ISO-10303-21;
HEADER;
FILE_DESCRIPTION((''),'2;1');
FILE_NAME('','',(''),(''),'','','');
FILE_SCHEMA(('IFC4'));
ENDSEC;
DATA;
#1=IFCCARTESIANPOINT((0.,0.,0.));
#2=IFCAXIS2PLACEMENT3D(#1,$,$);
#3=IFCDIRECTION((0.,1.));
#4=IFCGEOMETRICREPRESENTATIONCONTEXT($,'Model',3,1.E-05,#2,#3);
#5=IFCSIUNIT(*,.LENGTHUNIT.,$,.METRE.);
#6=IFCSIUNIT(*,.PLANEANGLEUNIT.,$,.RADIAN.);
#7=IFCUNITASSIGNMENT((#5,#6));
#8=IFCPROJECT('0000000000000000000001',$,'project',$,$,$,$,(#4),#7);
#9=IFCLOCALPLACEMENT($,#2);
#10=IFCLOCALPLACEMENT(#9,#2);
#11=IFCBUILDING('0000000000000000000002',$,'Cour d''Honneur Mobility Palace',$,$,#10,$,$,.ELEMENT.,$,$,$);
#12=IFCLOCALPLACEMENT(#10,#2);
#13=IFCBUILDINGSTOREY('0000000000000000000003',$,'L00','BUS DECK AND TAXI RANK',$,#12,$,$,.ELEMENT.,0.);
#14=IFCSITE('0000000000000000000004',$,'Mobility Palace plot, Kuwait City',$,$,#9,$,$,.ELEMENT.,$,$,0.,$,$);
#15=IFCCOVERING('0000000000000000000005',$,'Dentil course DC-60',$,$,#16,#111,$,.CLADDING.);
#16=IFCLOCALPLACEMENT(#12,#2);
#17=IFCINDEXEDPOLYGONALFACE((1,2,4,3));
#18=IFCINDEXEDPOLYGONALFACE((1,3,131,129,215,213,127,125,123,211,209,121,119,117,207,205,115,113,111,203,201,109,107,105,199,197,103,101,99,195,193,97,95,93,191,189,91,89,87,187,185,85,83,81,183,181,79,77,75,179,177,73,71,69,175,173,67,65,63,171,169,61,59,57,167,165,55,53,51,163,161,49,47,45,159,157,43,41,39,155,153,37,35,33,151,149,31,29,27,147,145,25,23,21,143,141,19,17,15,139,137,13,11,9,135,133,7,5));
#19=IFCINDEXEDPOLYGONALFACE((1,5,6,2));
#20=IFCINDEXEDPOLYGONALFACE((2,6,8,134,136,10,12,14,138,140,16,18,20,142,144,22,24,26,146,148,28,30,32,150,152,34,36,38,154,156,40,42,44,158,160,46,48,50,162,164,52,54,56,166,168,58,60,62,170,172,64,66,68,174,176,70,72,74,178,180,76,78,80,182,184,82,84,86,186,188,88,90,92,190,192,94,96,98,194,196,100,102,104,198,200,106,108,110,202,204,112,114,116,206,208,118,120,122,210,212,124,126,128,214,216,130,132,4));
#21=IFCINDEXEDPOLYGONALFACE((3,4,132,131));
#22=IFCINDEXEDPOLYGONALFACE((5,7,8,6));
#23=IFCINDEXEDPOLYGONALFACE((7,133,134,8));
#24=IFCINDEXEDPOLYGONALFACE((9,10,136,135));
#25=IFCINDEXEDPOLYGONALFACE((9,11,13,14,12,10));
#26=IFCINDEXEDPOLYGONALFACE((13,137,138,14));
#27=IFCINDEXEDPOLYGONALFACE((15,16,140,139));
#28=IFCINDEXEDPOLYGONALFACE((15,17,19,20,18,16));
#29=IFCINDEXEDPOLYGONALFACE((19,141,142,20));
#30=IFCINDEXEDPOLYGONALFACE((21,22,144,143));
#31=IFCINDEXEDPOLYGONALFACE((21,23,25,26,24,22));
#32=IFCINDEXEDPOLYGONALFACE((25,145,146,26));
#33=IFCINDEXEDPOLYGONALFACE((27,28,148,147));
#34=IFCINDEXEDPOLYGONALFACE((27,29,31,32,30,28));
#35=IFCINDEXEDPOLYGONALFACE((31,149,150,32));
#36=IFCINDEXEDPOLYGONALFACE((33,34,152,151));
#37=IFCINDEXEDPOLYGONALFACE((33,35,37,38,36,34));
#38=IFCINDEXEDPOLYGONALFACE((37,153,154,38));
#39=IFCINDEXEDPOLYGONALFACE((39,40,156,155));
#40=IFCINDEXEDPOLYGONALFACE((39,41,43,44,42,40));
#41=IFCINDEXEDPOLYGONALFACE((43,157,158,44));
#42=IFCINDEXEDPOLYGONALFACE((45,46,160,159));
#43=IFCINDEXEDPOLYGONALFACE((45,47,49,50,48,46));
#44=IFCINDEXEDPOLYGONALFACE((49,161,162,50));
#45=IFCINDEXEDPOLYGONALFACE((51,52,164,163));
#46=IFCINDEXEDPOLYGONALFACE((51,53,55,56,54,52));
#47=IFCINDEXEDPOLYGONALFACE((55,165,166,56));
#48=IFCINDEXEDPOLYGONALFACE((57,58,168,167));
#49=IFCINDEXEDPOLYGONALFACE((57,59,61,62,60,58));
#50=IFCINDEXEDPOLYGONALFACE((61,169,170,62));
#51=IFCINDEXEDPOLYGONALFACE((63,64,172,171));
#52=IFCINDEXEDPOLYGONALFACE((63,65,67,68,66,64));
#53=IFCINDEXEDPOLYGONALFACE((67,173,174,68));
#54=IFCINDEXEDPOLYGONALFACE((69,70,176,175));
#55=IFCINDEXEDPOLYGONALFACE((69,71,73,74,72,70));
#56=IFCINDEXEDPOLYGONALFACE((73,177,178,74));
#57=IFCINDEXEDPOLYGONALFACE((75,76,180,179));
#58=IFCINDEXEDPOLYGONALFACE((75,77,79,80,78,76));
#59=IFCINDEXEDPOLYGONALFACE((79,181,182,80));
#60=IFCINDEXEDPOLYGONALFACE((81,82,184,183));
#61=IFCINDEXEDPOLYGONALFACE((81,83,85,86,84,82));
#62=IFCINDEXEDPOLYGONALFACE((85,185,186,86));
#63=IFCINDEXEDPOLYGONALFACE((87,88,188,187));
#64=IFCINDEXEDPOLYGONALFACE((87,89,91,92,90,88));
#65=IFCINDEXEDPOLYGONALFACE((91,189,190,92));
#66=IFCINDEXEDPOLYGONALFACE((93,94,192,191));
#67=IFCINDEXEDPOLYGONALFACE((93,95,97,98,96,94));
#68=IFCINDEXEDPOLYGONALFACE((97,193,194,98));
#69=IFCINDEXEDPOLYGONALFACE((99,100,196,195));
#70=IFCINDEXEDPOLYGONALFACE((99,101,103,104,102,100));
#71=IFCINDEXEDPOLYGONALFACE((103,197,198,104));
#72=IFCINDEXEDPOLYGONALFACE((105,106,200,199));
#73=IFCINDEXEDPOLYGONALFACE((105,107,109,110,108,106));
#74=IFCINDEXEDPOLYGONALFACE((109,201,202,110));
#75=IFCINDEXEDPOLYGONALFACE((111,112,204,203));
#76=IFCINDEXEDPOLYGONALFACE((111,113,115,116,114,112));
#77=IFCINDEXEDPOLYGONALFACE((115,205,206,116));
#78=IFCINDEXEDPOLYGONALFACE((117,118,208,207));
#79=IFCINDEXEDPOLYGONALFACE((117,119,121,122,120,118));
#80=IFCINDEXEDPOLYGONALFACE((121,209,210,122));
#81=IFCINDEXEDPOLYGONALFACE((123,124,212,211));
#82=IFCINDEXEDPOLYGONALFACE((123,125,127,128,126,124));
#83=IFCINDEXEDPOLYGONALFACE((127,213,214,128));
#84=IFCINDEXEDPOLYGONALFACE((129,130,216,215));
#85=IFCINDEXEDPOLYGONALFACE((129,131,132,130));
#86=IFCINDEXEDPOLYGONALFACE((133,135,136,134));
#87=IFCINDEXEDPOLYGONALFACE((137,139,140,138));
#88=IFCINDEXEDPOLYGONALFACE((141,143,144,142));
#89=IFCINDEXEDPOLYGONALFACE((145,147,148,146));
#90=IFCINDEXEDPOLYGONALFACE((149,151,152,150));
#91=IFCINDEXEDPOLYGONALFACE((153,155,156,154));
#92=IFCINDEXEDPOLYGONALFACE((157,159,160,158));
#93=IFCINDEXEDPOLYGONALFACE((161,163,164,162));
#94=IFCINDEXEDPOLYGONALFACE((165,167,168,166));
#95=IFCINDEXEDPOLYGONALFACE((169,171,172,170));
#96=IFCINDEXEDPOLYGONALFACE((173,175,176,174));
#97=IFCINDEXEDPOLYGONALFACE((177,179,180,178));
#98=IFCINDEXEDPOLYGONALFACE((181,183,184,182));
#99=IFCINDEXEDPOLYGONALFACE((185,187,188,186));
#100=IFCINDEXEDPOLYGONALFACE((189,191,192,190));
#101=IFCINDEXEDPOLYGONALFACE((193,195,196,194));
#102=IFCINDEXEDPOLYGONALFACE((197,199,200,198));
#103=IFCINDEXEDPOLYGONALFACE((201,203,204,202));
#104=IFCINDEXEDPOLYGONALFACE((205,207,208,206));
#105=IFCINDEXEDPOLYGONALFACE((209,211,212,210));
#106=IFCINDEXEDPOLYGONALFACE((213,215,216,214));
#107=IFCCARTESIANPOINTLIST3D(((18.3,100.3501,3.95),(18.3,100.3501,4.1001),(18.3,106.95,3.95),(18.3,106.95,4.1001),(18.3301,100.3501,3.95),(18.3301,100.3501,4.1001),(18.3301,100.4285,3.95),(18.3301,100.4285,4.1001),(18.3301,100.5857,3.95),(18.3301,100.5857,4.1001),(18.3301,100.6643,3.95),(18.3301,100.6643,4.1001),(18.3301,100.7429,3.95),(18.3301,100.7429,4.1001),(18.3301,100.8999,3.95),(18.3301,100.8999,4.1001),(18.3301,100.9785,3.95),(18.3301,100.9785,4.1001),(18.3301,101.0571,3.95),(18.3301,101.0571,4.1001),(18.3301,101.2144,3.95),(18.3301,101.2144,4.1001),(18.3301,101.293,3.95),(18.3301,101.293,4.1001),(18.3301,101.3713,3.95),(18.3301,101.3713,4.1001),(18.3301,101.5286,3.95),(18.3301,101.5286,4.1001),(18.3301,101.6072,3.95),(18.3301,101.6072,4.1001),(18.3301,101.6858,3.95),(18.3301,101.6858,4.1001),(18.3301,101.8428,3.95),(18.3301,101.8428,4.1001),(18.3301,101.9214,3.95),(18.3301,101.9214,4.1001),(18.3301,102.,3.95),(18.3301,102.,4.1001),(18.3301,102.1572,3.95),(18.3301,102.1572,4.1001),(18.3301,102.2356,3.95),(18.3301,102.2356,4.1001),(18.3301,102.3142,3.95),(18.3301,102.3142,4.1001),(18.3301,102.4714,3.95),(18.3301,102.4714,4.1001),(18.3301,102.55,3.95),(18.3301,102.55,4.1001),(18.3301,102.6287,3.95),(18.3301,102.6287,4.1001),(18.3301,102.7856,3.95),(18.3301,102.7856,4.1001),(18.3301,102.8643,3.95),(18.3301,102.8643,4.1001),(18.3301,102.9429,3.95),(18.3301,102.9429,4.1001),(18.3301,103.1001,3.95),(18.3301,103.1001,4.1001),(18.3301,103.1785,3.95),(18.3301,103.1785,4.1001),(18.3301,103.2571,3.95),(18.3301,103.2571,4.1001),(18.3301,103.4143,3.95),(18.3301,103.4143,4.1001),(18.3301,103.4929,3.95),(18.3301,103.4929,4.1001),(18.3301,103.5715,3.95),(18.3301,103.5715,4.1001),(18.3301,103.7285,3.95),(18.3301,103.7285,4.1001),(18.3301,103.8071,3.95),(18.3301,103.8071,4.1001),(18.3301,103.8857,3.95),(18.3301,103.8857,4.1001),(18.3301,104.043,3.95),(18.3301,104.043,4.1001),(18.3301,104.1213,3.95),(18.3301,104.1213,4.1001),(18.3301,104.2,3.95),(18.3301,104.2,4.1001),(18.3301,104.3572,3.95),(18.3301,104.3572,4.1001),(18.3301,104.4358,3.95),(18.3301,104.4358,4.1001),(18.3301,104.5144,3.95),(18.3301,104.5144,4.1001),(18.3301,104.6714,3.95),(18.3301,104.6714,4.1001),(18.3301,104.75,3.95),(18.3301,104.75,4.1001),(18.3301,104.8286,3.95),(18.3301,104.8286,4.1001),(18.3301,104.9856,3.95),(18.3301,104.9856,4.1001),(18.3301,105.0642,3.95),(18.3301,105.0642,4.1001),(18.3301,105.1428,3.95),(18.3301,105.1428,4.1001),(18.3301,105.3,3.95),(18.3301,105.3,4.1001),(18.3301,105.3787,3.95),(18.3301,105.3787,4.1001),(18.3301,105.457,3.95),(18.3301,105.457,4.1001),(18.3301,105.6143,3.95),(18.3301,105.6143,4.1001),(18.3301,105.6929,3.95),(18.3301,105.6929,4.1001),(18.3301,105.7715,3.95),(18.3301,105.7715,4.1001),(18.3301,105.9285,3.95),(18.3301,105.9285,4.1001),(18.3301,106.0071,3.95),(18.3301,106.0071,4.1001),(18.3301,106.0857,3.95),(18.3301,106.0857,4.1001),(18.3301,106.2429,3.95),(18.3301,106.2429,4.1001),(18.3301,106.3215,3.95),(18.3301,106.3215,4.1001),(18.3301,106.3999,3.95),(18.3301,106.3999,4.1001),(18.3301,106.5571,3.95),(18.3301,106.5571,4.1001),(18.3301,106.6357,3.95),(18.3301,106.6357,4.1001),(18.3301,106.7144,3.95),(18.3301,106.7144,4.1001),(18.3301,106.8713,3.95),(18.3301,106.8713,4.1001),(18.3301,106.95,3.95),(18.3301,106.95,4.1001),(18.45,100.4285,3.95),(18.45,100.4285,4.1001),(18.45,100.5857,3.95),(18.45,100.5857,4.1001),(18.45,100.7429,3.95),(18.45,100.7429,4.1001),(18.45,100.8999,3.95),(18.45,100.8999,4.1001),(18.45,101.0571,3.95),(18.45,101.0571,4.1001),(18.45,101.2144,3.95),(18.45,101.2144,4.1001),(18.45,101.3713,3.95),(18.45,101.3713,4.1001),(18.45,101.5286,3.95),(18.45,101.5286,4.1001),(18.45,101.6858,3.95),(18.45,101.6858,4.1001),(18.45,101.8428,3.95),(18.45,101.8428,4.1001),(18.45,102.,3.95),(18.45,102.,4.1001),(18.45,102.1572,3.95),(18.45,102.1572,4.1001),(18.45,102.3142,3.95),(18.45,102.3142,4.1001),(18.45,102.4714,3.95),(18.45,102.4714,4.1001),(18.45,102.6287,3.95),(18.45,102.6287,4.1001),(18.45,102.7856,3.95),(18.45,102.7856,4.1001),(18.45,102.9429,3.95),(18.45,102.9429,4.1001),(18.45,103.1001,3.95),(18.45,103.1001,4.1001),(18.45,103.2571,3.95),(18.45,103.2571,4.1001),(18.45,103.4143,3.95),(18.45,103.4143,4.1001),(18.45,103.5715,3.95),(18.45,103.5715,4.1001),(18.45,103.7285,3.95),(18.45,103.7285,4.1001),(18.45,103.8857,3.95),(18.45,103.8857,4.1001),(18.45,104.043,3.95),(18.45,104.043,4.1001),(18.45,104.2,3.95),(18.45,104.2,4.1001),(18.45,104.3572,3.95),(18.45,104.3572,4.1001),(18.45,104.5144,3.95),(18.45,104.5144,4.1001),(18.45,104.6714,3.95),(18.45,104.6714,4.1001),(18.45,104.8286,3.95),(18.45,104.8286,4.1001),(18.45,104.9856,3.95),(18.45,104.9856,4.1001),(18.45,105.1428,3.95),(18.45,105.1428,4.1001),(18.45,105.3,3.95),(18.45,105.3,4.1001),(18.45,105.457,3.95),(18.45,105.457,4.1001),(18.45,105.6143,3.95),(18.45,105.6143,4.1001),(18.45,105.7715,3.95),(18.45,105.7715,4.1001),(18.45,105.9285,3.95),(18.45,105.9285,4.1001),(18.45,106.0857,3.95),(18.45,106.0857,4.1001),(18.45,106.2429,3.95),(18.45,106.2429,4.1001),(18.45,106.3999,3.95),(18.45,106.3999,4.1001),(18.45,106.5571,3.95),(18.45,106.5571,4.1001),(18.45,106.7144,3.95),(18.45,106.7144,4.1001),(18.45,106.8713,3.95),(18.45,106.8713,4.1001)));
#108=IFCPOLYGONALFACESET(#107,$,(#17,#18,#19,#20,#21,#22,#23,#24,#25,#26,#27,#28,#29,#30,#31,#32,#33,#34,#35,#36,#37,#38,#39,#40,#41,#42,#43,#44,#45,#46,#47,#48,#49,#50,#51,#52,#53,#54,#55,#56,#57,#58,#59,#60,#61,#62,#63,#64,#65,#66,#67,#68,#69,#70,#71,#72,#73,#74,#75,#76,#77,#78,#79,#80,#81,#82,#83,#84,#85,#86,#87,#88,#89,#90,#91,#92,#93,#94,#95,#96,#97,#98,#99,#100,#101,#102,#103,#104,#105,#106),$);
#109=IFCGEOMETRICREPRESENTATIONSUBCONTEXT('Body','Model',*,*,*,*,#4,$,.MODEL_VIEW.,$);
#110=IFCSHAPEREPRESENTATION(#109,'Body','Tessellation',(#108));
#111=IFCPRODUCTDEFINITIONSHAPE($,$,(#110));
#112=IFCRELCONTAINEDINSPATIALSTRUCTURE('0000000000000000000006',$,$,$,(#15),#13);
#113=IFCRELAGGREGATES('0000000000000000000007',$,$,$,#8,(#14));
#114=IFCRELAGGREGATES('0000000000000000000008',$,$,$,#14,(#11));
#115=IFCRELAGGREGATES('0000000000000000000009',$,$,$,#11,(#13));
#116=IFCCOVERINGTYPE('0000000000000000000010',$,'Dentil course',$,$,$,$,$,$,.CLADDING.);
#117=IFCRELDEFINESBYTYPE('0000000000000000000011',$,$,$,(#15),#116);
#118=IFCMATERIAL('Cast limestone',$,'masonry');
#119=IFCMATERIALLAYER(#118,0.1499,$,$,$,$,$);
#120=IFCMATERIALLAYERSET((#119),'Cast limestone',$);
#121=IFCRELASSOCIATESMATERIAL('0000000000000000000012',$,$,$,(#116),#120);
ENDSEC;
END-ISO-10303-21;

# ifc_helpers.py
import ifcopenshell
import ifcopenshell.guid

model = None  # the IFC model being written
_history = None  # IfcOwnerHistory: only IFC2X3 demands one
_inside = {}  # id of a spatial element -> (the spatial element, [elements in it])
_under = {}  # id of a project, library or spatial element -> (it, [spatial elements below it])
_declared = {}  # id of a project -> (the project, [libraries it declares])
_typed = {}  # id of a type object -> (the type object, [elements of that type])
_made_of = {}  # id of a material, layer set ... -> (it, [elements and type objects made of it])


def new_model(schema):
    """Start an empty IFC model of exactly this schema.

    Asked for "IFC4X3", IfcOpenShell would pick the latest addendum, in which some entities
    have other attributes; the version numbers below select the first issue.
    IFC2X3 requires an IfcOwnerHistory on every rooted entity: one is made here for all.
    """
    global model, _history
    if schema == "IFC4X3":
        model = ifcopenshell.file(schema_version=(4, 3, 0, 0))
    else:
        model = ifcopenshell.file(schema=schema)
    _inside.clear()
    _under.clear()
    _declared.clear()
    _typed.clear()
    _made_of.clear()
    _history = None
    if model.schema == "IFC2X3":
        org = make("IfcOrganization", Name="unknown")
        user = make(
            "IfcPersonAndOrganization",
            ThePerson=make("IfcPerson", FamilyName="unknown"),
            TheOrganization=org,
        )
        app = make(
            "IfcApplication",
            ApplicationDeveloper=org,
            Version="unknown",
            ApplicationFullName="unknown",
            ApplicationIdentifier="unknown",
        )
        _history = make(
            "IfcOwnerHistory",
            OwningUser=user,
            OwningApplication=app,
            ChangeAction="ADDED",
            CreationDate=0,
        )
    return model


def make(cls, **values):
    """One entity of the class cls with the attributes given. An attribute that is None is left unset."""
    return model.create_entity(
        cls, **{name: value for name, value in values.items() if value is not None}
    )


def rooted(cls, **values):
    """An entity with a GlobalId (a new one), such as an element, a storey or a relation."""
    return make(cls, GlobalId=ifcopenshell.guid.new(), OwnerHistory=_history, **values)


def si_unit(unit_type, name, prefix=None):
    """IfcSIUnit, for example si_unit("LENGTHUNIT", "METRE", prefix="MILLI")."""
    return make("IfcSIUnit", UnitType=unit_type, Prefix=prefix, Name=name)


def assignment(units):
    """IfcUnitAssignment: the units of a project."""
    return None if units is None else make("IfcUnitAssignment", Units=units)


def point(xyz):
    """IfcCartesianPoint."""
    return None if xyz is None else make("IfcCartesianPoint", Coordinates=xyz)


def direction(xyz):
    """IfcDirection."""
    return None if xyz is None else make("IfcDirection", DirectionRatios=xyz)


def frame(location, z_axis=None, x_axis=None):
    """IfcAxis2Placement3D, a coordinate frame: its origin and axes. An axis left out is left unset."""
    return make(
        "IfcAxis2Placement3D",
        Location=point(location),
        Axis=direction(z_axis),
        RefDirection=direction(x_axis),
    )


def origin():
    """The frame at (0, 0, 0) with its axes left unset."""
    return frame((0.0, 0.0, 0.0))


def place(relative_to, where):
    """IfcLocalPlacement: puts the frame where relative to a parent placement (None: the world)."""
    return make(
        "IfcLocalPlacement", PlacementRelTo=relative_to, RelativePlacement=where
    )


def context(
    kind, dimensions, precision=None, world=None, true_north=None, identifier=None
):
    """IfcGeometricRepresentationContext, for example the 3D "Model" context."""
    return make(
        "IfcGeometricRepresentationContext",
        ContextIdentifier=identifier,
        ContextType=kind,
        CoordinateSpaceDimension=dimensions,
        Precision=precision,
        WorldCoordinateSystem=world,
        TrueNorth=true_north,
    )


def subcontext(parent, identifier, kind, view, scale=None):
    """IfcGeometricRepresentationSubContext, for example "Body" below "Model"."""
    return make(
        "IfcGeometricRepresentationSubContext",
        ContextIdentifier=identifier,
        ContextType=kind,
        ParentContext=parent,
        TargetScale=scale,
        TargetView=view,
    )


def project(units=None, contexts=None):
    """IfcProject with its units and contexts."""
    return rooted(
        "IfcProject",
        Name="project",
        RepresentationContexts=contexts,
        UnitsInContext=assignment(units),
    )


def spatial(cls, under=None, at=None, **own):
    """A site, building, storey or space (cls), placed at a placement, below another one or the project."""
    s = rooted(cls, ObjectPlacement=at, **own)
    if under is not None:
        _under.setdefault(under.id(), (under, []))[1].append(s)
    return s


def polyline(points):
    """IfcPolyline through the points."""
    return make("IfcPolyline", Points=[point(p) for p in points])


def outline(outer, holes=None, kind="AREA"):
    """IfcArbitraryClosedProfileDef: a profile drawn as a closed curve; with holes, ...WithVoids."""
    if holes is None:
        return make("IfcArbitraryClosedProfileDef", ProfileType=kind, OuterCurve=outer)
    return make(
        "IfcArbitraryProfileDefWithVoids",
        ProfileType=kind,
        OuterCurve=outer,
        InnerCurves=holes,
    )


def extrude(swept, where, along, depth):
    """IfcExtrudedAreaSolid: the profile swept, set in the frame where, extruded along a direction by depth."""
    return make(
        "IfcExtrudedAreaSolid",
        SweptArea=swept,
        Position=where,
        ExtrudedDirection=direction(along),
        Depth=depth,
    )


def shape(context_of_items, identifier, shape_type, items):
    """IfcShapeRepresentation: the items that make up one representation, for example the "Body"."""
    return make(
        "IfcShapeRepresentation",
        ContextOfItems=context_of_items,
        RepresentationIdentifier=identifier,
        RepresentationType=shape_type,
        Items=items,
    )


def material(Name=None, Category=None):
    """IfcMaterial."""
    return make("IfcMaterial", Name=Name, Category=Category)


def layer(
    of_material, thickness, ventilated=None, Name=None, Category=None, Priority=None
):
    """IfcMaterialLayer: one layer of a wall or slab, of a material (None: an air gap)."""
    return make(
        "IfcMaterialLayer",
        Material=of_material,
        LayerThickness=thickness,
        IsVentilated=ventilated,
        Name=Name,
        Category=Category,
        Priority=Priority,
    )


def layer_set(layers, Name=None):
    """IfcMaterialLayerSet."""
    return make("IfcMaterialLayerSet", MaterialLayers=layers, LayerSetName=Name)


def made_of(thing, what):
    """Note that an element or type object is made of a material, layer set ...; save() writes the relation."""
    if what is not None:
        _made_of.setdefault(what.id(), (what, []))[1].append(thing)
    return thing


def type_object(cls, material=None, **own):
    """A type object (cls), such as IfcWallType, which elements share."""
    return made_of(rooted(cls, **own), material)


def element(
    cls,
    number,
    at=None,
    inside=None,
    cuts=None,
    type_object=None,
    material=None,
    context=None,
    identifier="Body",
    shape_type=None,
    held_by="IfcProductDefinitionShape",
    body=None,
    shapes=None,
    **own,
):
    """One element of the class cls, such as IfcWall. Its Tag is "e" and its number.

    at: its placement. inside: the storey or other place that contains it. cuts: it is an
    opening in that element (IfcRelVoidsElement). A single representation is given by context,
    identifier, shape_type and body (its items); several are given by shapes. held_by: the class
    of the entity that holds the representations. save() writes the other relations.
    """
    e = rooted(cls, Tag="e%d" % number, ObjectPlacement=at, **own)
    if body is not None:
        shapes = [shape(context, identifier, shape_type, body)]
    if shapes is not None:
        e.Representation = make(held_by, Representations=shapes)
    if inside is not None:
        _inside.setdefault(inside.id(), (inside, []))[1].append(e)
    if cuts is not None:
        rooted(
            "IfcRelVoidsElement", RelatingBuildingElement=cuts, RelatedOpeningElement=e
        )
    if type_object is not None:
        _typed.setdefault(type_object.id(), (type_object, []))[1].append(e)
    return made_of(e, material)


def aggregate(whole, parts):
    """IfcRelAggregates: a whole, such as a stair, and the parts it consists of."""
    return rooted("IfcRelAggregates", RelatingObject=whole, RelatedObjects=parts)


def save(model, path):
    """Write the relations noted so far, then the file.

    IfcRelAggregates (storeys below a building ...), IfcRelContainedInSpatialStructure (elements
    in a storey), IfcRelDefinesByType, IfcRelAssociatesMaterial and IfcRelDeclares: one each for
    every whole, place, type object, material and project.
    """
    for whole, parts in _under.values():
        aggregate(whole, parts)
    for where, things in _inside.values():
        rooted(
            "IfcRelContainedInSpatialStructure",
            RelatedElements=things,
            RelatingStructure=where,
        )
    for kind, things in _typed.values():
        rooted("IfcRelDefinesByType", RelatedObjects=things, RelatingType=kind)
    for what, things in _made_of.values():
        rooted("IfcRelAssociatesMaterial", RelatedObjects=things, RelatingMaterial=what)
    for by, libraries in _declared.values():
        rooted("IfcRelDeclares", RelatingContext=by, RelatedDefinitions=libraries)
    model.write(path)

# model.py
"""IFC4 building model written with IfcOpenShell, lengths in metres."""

from ifc_helpers import new_model, si_unit, direction, frame, origin, place, context, subcontext, project, spatial, polyline, outline, extrude, material, layer, layer_set, type_object, element, save


model = new_model("IFC4")

# Units and contexts
model_context = context("Model", 3, precision=1e-05, world=origin(), true_north=direction((0.0, 1.0)))
body_context = subcontext(model_context, "Body", "Model", "MODEL_VIEW")
ifc_project = project(units=[si_unit("LENGTHUNIT", "METRE"), si_unit("PLANEANGLEUNIT", "RADIAN")], contexts=[model_context])

# Site, building, storey
site_placement = place(None, origin())
site = spatial("IfcSite", under=ifc_project, at=site_placement, Name="Mobility Palace plot, Kuwait City", CompositionType="ELEMENT", RefElevation=0.0)
building_placement = place(site_placement, origin())
building = spatial("IfcBuilding", under=site, at=building_placement, Name="Cour d'Honneur Mobility Palace", CompositionType="ELEMENT")
storey_placement = place(building_placement, origin())
storey = spatial("IfcBuildingStorey", under=building, at=storey_placement, Name="L00", Description="BUS DECK AND TAXI RANK", CompositionType="ELEMENT", Elevation=0.0)

# Covering
ifc_material = material(Name="Cast limestone", Category="masonry")
ifc_layer = layer(ifc_material, 0.1499)
ifc_layer_set = layer_set([ifc_layer], Name="Cast limestone")
covering_type = type_object("IfcCoveringType", Name="Dentil course", PredefinedType="CLADDING", material=ifc_layer_set)
covering_1_placement = place(storey_placement, frame((0.0, 0.0, 3.95)))
element("IfcCovering", 1, at=covering_1_placement, inside=storey, type_object=covering_type, Name="Dentil course DC-60", PredefinedType="CLADDING", context=body_context, shape_type="SweptSolid", body=[
    extrude(outline(polyline([(18.3, 100.3501), (18.3, 106.95), (18.3301, 106.95), (18.3301, 106.95), (18.3301, 106.8713), (18.45, 106.8713), (18.45, 106.7144), (18.3301, 106.7144), (18.3301, 106.6357), (18.3301, 106.6357), (18.3301, 106.5571), (18.45, 106.5571), (18.45, 106.3999), (18.3301, 106.3999), (18.3301, 106.3215), (18.3301, 106.3215), (18.3301, 106.2429), (18.45, 106.2429), (18.45, 106.0857), (18.3301, 106.0857), (18.3301, 106.0071), (18.3301, 106.0071), (18.3301, 105.9285), (18.45, 105.9285), (18.45, 105.7715), (18.3301, 105.7715), (18.3301, 105.6929), (18.3301, 105.6929), (18.3301, 105.6143), (18.45, 105.6143), (18.45, 105.457), (18.3301, 105.457), (18.3301, 105.3787), (18.3301, 105.3787), (18.3301, 105.3), (18.45, 105.3), (18.45, 105.1428), (18.3301, 105.1428), (18.3301, 105.0642), (18.3301, 105.0642), (18.3301, 104.9856), (18.45, 104.9856), (18.45, 104.8286), (18.3301, 104.8286), (18.3301, 104.75), (18.3301, 104.75), (18.3301, 104.6714), (18.45, 104.6714), (18.45, 104.5144), (18.3301, 104.5144), (18.3301, 104.4358), (18.3301, 104.4358), (18.3301, 104.3572), (18.45, 104.3572), (18.45, 104.2), (18.3301, 104.2), (18.3301, 104.1213), (18.3301, 104.1213), (18.3301, 104.043), (18.45, 104.043), (18.45, 103.8857), (18.3301, 103.8857), (18.3301, 103.8071), (18.3301, 103.8071), (18.3301, 103.7285), (18.45, 103.7285), (18.45, 103.5715), (18.3301, 103.5715), (18.3301, 103.4929), (18.3301, 103.4929), (18.3301, 103.4143), (18.45, 103.4143), (18.45, 103.2571), (18.3301, 103.2571), (18.3301, 103.1785), (18.3301, 103.1785), (18.3301, 103.1001), (18.45, 103.1001), (18.45, 102.9429), (18.3301, 102.9429), (18.3301, 102.8643), (18.3301, 102.8643), (18.3301, 102.7856), (18.45, 102.7856), (18.45, 102.6287), (18.3301, 102.6287), (18.3301, 102.55), (18.3301, 102.55), (18.3301, 102.4714), (18.45, 102.4714), (18.45, 102.3142), (18.3301, 102.3142), (18.3301, 102.2356), (18.3301, 102.2356), (18.3301, 102.1572), (18.45, 102.1572), (18.45, 102.0), (18.3301, 102.0), (18.3301, 101.9214), (18.3301, 101.9214), (18.3301, 101.8428), (18.45, 101.8428), (18.45, 101.6858), (18.3301, 101.6858), (18.3301, 101.6072), (18.3301, 101.6072), (18.3301, 101.5286), (18.45, 101.5286), (18.45, 101.3713), (18.3301, 101.3713), (18.3301, 101.293), (18.3301, 101.293), (18.3301, 101.2144), (18.45, 101.2144), (18.45, 101.0571), (18.3301, 101.0571), (18.3301, 100.9785), (18.3301, 100.9785), (18.3301, 100.8999), (18.45, 100.8999), (18.45, 100.7429), (18.3301, 100.7429), (18.3301, 100.6643), (18.3301, 100.6643), (18.3301, 100.5857), (18.45, 100.5857), (18.45, 100.4285), (18.3301, 100.4285), (18.3301, 100.3501), (18.3, 100.3501)])), origin(), (0.0, 0.0, 1.0), 0.1501),
])

save(model, "model.ifc")
